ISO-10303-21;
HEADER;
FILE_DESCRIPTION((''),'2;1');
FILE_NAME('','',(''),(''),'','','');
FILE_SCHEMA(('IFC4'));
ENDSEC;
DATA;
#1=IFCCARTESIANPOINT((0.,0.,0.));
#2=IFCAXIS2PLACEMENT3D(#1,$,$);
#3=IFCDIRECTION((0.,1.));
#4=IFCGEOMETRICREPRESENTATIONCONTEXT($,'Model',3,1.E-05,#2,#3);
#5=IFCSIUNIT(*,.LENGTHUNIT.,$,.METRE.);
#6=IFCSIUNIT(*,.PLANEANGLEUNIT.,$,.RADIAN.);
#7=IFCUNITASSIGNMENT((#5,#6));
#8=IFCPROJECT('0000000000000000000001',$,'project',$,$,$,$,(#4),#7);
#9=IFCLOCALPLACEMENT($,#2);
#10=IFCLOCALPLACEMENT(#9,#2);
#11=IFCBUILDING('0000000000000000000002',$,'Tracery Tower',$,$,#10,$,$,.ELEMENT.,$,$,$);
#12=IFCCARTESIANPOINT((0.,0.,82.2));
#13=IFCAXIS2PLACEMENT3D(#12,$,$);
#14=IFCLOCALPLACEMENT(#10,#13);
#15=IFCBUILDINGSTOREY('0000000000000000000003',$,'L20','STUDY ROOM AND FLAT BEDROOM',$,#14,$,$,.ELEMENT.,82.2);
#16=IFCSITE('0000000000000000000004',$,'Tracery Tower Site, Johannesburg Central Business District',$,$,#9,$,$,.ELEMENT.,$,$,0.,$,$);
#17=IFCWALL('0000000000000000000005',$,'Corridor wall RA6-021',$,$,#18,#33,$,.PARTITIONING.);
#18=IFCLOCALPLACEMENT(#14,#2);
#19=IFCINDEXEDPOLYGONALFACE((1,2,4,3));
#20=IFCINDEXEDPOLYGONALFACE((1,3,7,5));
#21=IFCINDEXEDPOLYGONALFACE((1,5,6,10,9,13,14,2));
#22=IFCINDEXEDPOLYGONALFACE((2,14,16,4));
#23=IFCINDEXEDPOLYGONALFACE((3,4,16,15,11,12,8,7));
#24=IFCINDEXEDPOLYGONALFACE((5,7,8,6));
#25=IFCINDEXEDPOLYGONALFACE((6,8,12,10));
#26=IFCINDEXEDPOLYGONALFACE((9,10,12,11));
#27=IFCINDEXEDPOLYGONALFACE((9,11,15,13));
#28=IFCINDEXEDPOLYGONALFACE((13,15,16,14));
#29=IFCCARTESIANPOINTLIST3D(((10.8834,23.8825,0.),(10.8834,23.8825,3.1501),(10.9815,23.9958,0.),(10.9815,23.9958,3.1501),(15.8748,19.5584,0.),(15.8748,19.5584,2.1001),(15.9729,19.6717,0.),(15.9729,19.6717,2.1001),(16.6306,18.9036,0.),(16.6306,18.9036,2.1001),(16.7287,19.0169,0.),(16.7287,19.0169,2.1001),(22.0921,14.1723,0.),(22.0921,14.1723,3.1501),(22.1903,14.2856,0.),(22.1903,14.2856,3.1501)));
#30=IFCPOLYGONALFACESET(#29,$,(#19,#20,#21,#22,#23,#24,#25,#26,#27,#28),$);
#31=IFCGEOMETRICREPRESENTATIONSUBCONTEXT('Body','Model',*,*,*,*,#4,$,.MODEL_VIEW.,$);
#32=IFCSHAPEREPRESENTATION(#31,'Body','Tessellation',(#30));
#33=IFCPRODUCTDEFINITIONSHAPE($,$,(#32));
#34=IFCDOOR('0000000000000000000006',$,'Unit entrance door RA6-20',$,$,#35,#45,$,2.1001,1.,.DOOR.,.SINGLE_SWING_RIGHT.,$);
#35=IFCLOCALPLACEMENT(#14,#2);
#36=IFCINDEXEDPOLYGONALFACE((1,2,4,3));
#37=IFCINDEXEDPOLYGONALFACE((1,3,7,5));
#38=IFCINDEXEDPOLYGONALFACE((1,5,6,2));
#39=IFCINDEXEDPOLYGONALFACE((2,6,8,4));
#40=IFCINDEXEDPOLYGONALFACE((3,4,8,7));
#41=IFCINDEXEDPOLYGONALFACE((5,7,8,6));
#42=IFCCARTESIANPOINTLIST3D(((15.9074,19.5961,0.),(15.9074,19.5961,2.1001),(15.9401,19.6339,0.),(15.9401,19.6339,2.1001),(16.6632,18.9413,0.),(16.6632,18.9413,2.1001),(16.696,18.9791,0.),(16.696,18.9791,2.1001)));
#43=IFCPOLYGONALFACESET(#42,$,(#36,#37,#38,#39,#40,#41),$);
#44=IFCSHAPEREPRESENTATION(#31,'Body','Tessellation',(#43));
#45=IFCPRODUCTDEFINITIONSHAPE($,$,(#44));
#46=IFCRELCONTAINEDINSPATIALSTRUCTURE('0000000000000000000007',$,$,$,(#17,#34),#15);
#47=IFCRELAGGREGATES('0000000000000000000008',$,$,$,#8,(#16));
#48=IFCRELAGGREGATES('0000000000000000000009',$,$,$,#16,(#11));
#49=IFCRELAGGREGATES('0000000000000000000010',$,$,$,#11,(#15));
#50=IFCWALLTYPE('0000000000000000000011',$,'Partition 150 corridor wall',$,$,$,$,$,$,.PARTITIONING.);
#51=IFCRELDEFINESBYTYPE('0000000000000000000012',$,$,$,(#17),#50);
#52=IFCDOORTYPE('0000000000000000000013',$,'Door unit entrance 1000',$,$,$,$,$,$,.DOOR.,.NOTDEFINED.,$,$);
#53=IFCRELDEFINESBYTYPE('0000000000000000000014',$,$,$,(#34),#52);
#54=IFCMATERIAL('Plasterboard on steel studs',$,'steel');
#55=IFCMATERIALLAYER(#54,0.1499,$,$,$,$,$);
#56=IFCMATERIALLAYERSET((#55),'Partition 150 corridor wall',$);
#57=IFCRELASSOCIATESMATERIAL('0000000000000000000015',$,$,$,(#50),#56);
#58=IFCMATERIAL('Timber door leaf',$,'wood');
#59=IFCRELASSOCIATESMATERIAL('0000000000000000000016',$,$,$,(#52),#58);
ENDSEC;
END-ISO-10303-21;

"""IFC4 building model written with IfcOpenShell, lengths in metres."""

from ifc_helpers import new_model, si_unit, direction, frame, frame_2d, origin, place, context, subcontext, project, spatial, rectangle, extrude, material, layer, layer_set, type_object, element, fill, save


model = new_model("IFC4")

# Units and contexts
model_context = context("Model", 3, precision=1e-05, world=origin(), true_north=direction((0.0, 1.0)))
body_context = subcontext(model_context, "Body", "Model", "MODEL_VIEW")
ifc_project = project(units=[si_unit("LENGTHUNIT", "METRE"), si_unit("PLANEANGLEUNIT", "RADIAN")], contexts=[model_context])

# Site, building, storey
site_placement = place(None, origin())
site = spatial("IfcSite", under=ifc_project, at=site_placement, Name="Tracery Tower Site, Johannesburg Central Business District", CompositionType="ELEMENT", RefElevation=0.0)
building_placement = place(site_placement, origin())
building = spatial("IfcBuilding", under=site, at=building_placement, Name="Tracery Tower", CompositionType="ELEMENT")
storey_placement = place(building_placement, frame((0.0, 0.0, 82.2)))
storey = spatial("IfcBuildingStorey", under=building, at=storey_placement, Name="L20", Description="STUDY ROOM AND FLAT BEDROOM", CompositionType="ELEMENT", Elevation=82.2)

# Wall, opening, door
ifc_material_1 = material(Name="Plasterboard on steel studs", Category="steel")
ifc_layer_1 = layer(ifc_material_1, 0.1499)
ifc_layer_set_1 = layer_set([ifc_layer_1], Name="Partition 150 corridor wall")
wall_type_1 = type_object("IfcWallType", Name="Partition 150 corridor wall", PredefinedType="PARTITIONING", material=ifc_layer_set_1)
wall_1_placement = place(storey_placement, frame((10.9324, 23.9392, 0.0), z_axis=(0.0, 0.0, 1.0), x_axis=(0.755824, -0.654775, 0.0)))
wall_1 = element("IfcWall", 1, at=wall_1_placement, inside=storey, type_object=wall_type_1, Name="Corridor wall RA6-021", PredefinedType="PARTITIONING", context=body_context, shape_type="SweptSolid", body=[
    extrude(rectangle(XDim=14.8298, YDim=0.1499, at=frame_2d((7.415, 0.0))), origin(), (0.0, 0.0, 1.0), 3.1501),
])
opening_1_placement = place(wall_1_placement, frame((6.604, 0.0, 0.0)))
opening_1 = element("IfcOpeningElement", 2, at=opening_1_placement, cuts=wall_1, PredefinedType="OPENING", context=body_context, shape_type="SweptSolid", body=[
    extrude(rectangle(XDim=1.0, YDim=2.1001, at=frame_2d((0.5, 1.05))), frame((0.0, 0.075, 0.0), z_axis=(0.0, -1.0, 0.0), x_axis=(1.0, 0.0, 0.0)), (0.0, 0.0, 1.0), 0.1499),
])
ifc_material_2 = material(Name="Timber door leaf", Category="wood")
door_type_1 = type_object("IfcDoorType", Name="Door unit entrance 1000", OperationType="NOTDEFINED", PredefinedType="DOOR", material=ifc_material_2)
door_1_placement = place(opening_1_placement, origin())
door_1 = element("IfcDoor", 3, at=door_1_placement, inside=storey, type_object=door_type_1, Name="Unit entrance door RA6-20", OperationType="SINGLE_SWING_RIGHT", OverallHeight=2.1001, OverallWidth=1.0, PredefinedType="DOOR", context=body_context, shape_type="SweptSolid", body=[
    extrude(rectangle(XDim=1.0, YDim=2.1001, at=frame_2d((0.5, 1.05))), frame((0.0, 0.0249, 0.0), z_axis=(0.0, -1.0, 0.0), x_axis=(1.0, 0.0, 0.0)), (0.0, 0.0, 1.0), 0.05),
])
fill(opening_1, door_1)

save(model, "model.ifc")
